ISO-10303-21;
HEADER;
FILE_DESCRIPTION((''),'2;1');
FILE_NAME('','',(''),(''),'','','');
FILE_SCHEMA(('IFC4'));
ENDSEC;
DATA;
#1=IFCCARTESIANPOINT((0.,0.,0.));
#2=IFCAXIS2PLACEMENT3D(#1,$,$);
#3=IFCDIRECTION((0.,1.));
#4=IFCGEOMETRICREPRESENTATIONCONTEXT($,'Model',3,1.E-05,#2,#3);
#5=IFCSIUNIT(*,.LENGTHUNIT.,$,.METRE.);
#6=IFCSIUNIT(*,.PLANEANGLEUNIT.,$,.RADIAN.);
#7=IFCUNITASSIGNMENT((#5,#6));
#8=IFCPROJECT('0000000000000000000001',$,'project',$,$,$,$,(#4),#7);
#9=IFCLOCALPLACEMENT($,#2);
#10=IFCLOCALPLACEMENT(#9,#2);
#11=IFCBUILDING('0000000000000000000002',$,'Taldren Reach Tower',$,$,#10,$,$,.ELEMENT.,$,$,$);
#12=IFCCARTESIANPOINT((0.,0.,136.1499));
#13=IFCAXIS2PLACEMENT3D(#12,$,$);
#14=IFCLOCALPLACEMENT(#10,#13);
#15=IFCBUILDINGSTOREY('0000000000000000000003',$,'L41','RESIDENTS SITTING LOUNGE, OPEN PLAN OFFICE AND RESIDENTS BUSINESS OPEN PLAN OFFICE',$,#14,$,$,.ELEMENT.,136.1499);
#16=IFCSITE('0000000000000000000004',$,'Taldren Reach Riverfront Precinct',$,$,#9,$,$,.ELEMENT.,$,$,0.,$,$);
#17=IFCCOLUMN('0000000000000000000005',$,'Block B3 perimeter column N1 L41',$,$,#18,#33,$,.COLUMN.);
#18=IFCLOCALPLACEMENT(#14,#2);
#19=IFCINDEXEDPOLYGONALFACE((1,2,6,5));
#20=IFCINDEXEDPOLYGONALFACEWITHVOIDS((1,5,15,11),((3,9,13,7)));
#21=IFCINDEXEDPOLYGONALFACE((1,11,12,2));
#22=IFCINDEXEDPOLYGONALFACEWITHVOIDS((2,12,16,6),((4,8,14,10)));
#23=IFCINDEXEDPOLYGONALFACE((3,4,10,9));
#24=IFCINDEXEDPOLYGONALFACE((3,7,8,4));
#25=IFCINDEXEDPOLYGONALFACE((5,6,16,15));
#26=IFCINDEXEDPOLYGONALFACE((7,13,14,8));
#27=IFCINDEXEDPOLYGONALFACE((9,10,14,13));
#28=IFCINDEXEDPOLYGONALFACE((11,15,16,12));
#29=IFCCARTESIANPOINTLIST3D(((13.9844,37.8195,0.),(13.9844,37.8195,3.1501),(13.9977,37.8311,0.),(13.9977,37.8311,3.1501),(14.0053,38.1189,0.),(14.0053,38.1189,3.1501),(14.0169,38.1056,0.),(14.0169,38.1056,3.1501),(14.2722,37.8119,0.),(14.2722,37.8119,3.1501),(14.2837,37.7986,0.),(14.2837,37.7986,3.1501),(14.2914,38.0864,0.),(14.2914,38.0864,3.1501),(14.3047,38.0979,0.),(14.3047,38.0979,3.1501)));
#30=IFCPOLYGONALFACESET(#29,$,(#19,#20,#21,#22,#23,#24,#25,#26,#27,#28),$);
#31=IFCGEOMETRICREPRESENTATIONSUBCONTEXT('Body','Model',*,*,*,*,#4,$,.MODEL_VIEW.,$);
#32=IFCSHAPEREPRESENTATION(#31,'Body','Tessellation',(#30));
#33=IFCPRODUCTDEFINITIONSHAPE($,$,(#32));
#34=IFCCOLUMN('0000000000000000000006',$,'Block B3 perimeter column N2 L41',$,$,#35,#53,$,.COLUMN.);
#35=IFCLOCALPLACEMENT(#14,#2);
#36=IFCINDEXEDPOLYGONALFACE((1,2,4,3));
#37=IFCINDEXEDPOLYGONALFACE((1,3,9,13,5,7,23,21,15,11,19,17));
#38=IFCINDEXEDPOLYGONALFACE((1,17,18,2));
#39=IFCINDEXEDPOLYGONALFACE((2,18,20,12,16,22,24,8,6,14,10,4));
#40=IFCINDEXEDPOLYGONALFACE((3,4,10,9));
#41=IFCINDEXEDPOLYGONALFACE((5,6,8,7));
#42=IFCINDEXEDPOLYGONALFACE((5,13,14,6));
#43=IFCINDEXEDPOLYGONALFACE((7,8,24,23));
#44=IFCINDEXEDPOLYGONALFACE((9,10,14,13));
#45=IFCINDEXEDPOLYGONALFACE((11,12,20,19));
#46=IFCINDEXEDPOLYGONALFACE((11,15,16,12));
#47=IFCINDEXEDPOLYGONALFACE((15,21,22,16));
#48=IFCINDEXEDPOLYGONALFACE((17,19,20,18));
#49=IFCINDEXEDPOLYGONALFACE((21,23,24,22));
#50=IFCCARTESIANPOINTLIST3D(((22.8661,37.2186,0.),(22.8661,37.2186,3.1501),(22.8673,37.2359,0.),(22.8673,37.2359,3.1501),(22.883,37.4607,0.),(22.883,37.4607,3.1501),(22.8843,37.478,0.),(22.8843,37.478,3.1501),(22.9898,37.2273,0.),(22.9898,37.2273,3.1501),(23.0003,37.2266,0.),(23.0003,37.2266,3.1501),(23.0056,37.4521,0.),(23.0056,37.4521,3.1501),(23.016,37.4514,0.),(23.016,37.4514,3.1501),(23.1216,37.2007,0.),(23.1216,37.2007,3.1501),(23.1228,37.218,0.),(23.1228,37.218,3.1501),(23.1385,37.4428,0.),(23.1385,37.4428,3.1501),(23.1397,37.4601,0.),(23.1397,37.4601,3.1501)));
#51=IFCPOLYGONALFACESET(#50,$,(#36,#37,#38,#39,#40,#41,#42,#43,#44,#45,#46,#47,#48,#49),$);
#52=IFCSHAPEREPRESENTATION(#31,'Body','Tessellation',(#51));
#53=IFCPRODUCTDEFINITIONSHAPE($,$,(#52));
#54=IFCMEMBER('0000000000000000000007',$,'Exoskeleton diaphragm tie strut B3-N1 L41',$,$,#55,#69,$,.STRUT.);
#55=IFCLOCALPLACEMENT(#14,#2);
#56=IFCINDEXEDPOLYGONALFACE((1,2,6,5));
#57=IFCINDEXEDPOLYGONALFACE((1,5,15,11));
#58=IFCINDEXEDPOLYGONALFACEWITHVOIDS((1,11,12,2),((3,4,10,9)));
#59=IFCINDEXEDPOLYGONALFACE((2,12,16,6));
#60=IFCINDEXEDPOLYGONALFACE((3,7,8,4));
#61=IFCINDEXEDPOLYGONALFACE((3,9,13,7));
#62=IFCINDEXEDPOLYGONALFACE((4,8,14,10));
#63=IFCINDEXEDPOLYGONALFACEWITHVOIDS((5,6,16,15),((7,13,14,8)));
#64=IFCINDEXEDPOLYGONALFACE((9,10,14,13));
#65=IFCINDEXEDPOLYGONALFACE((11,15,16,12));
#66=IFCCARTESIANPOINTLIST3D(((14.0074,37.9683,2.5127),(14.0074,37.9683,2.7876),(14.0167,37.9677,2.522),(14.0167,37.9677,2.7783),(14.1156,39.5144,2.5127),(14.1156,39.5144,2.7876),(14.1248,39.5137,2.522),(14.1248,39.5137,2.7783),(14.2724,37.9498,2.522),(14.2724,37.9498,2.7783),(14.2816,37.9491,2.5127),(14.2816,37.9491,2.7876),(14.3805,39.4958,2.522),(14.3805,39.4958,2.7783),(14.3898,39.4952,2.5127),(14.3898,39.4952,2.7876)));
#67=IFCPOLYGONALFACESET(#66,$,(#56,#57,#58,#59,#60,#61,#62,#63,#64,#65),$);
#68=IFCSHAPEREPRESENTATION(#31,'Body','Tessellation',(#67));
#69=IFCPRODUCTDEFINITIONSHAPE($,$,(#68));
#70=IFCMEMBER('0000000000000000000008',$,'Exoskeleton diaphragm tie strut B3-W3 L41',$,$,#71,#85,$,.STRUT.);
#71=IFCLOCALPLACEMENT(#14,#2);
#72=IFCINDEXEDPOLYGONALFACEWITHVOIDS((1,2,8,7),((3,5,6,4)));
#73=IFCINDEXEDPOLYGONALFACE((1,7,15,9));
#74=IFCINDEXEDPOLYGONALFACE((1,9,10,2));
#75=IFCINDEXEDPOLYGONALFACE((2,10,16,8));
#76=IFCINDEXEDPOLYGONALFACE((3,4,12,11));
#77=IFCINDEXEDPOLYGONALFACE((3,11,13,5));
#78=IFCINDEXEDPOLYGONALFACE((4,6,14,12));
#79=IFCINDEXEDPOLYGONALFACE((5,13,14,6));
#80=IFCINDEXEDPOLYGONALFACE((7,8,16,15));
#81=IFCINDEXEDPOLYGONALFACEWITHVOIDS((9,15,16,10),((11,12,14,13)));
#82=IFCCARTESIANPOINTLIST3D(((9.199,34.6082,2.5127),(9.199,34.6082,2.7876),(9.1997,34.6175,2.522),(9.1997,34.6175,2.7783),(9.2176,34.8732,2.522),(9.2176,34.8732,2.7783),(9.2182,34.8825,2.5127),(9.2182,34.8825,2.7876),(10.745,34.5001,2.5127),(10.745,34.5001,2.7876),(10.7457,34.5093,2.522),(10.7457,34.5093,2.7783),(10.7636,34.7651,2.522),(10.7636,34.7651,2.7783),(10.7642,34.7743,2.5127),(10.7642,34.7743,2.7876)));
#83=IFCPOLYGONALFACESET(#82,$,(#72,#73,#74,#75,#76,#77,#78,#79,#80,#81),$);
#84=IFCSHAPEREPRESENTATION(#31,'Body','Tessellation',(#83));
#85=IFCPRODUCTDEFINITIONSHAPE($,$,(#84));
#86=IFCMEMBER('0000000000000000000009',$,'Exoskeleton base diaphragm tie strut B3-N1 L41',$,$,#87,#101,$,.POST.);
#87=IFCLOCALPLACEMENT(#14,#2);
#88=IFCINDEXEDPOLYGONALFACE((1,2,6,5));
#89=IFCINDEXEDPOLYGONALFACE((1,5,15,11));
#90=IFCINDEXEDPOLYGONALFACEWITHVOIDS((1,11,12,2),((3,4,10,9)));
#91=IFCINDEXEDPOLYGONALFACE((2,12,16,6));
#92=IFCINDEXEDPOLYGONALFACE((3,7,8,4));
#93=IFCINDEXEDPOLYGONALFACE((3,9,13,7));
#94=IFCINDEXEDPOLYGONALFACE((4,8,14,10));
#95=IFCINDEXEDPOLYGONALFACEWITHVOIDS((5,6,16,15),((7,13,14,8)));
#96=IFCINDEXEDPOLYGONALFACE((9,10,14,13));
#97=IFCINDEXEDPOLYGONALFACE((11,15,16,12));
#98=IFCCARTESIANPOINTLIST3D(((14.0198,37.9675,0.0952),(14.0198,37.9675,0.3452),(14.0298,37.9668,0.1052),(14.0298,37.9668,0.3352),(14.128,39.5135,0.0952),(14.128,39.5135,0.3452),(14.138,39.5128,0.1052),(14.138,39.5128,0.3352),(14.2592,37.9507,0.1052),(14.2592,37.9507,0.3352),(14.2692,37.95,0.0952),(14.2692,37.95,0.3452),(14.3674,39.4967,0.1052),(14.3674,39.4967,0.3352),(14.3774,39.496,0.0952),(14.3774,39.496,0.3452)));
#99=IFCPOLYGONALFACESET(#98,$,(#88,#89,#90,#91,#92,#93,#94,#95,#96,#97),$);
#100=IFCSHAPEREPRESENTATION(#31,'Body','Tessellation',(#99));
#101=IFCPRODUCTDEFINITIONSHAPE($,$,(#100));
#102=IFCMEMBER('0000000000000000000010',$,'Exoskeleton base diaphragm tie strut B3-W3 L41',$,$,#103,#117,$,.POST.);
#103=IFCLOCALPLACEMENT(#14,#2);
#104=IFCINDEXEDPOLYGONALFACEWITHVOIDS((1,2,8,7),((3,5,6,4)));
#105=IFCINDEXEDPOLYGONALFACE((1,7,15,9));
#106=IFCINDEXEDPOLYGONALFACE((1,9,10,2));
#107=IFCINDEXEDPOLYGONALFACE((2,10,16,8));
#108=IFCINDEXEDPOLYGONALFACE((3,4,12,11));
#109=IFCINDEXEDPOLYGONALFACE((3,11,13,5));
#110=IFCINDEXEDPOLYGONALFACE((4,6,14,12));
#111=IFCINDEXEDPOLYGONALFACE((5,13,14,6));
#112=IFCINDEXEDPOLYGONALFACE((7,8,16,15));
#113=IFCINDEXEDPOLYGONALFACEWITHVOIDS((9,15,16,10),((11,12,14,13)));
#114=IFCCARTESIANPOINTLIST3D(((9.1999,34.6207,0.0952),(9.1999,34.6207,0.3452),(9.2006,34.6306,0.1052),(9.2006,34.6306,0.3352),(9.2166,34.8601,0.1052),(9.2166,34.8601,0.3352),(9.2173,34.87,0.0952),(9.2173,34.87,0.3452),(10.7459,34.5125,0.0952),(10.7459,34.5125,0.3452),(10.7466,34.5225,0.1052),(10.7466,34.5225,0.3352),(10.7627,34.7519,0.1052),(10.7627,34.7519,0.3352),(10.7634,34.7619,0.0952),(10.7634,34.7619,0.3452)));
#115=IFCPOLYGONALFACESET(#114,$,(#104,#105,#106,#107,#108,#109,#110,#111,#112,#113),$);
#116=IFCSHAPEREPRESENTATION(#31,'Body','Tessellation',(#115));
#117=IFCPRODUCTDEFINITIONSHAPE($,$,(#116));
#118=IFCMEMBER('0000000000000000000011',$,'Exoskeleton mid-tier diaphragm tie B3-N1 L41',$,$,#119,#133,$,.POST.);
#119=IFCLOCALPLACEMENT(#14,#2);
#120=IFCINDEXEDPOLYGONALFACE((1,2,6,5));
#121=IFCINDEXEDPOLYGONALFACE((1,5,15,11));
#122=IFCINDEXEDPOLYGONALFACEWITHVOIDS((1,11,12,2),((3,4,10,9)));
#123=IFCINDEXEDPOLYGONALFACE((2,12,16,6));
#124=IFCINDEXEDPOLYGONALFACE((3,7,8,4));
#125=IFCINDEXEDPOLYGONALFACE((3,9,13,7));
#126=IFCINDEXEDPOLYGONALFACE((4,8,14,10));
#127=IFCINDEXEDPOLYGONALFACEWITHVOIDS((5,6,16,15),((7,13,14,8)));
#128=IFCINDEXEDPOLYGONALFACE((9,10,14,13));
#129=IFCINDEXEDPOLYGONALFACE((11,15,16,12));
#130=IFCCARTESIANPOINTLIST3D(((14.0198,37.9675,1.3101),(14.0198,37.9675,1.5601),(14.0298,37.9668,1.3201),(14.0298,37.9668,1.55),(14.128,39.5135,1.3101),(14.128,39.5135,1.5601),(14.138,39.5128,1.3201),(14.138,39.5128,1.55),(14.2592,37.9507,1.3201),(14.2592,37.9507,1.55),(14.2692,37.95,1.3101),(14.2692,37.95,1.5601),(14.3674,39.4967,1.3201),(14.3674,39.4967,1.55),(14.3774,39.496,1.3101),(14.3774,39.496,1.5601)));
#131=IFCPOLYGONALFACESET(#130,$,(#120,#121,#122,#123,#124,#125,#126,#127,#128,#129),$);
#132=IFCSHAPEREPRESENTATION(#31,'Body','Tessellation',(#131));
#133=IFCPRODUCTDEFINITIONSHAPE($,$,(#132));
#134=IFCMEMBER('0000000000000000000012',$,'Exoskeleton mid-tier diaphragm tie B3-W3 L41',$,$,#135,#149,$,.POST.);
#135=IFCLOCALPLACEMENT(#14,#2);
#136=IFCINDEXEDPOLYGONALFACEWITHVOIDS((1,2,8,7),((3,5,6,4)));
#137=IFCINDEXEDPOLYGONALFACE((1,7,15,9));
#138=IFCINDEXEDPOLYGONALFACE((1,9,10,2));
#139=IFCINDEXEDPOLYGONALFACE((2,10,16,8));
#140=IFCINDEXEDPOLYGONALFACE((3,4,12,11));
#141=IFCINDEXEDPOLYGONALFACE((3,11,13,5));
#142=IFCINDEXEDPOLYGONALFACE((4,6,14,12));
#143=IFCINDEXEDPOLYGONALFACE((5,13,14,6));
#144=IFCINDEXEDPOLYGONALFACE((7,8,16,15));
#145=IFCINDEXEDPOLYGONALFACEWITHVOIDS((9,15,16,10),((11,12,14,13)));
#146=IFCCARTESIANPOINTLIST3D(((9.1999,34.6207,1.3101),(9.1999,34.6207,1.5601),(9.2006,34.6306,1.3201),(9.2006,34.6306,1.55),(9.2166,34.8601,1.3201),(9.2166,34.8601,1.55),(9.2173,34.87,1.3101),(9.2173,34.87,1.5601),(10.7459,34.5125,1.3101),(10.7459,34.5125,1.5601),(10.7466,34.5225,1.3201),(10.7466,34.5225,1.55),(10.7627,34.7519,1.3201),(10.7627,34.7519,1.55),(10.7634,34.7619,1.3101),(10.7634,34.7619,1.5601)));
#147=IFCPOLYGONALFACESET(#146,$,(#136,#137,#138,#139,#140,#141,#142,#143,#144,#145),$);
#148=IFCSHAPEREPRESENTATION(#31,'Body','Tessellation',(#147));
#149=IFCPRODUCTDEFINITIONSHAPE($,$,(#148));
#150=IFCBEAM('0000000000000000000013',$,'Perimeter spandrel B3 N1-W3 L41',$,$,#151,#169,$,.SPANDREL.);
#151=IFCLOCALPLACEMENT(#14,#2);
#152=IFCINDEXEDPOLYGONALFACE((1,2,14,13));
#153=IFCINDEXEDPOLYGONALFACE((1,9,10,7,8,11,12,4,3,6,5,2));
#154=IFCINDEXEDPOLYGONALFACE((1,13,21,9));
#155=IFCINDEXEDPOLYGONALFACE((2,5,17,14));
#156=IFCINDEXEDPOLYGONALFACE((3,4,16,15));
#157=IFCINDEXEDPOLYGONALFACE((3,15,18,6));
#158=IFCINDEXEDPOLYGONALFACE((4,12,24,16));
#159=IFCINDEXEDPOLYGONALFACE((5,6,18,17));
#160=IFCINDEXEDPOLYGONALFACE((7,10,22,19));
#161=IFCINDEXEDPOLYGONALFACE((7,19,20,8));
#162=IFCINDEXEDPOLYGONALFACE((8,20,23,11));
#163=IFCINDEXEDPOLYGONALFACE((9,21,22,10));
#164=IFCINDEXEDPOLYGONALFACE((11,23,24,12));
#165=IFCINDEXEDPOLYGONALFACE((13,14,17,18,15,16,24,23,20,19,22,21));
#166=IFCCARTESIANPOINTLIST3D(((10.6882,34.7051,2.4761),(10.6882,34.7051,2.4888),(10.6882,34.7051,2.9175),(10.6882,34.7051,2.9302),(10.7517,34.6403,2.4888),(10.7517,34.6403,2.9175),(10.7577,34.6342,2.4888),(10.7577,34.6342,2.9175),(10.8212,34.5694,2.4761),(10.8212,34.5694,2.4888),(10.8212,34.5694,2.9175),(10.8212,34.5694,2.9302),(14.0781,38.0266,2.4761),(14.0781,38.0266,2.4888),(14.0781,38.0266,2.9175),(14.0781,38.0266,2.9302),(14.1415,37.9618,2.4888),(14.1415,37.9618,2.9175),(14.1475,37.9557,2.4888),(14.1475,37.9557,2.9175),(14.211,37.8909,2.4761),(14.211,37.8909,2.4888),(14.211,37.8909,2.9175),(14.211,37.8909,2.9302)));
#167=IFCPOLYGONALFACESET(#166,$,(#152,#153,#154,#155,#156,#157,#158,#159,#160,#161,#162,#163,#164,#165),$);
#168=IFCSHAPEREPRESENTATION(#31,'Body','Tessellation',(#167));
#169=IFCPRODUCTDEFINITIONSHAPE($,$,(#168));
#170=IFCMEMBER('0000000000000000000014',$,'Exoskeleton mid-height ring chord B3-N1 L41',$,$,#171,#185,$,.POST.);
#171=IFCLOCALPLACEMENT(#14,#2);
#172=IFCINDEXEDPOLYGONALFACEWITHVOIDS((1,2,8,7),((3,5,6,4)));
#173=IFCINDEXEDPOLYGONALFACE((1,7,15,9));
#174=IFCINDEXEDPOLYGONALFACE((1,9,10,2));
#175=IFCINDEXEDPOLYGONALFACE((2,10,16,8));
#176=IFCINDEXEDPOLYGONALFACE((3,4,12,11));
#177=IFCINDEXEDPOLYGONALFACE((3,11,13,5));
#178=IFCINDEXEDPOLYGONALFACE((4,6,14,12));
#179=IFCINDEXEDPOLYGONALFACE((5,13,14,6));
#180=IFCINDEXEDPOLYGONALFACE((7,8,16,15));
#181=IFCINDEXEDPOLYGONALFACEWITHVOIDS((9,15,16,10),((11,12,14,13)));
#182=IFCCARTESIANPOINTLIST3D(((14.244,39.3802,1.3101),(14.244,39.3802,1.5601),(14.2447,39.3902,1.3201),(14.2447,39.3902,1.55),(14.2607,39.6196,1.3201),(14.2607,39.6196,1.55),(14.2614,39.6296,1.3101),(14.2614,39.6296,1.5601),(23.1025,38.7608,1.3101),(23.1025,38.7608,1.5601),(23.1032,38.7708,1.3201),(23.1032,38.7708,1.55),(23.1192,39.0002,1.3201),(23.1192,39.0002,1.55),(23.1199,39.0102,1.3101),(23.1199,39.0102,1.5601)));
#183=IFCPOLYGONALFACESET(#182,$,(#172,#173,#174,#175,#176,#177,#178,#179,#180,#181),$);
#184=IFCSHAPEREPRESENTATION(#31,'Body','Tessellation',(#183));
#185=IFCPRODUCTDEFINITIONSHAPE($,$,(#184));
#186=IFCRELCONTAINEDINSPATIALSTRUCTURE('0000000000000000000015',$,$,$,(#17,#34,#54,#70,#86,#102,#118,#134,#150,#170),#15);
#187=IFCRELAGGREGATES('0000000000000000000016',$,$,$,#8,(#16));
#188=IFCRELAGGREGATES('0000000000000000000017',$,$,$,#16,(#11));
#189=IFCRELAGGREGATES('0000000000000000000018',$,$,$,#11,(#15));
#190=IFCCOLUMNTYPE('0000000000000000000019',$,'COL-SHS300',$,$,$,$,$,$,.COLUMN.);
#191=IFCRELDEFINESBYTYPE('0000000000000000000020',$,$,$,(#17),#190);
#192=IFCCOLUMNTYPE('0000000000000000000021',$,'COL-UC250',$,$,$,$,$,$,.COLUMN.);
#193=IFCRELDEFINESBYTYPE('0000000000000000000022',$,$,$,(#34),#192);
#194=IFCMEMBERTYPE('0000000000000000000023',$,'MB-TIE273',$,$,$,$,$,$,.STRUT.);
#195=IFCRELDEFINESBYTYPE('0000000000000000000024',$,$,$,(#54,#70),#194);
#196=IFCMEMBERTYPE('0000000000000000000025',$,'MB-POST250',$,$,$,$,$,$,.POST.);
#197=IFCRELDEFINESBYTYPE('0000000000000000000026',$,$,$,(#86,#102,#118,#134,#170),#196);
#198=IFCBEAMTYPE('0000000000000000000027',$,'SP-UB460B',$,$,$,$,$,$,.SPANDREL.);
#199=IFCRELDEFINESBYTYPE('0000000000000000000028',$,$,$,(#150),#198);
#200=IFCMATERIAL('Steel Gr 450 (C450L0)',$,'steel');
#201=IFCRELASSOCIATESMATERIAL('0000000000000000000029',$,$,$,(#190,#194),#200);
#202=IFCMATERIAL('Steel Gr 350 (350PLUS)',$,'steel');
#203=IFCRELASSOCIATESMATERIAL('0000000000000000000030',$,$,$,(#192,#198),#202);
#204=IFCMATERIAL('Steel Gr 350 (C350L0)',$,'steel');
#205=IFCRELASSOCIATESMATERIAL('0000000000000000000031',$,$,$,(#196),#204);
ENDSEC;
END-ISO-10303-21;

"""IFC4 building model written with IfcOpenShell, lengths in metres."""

from ifc_helpers import new_model, si_unit, direction, frame, origin, origin_2d, place, context, subcontext, project, spatial, hollow_rectangle, i_section, extrude, source, transform, mapped, material, material_profile, profile_set, type_object, element, save


model = new_model("IFC4")

# Units and contexts
model_context = context("Model", 3, precision=1e-05, world=origin(), true_north=direction((0.0, 1.0)))
body_context = subcontext(model_context, "Body", "Model", "MODEL_VIEW")
ifc_project = project(units=[si_unit("LENGTHUNIT", "METRE"), si_unit("PLANEANGLEUNIT", "RADIAN")], contexts=[model_context])

# Site, building, storey
site_placement = place(None, origin())
site = spatial("IfcSite", under=ifc_project, at=site_placement, Name="Taldren Reach Riverfront Precinct", CompositionType="ELEMENT", RefElevation=0.0)
building_placement = place(site_placement, origin())
building = spatial("IfcBuilding", under=site, at=building_placement, Name="Taldren Reach Tower", CompositionType="ELEMENT")
storey_placement = place(building_placement, frame((0.0, 0.0, 136.1499)))
storey = spatial("IfcBuildingStorey", under=building, at=storey_placement, Name="L41", Description="RESIDENTS SITTING LOUNGE, OPEN PLAN OFFICE AND RESIDENTS BUSINESS OPEN PLAN OFFICE", CompositionType="ELEMENT", Elevation=136.1499)

# Columns
ifc_material_1 = material(Name="Steel Gr 450 (C450L0)", Category="steel")
ifc_material_profile_1 = material_profile(ifc_material_1, hollow_rectangle(XDim=0.3, YDim=0.3, WallThickness=0.0125, at=origin_2d()), Name="300x300x12.5SHS")
ifc_profile_set_1 = profile_set([ifc_material_profile_1], Name="Steel Gr 450 (C450L0)")
column_type_1 = type_object("IfcColumnType", Name="COL-SHS300", PredefinedType="COLUMN", material=ifc_profile_set_1)
shared_shape_1 = source(origin(), body_context, "Body", "SweptSolid", [
    extrude(hollow_rectangle(XDim=0.3, YDim=0.3, WallThickness=0.0125, at=origin_2d()), origin(), (0.0, 0.0, 1.0), 3.1501),
])
column_1_placement = place(storey_placement, frame((14.1445, 37.9587, 0.0), z_axis=(0.0, 0.0, 1.0), x_axis=(0.997564, -0.069756, 0.0)))
element("IfcColumn", 1, at=column_1_placement, inside=storey, type_object=column_type_1, Name="Block B3 perimeter column N1 L41", PredefinedType="COLUMN", context=body_context, shape_type="MappedRepresentation", body=[
    mapped(shared_shape_1, transform((0.0, 0.0, 0.0), scale=1.0)),
])
ifc_material_2 = material(Name="Steel Gr 350 (350PLUS)", Category="steel")
ifc_material_profile_2 = material_profile(ifc_material_2, i_section(OverallWidth=0.2561, OverallDepth=0.26, WebThickness=0.0105, FlangeThickness=0.0173, at=origin_2d()), Name="250UC89.5")
ifc_profile_set_2 = profile_set([ifc_material_profile_2], Name="Steel Gr 350 (350PLUS)")
column_type_2 = type_object("IfcColumnType", Name="COL-UC250", PredefinedType="COLUMN", material=ifc_profile_set_2)
shared_shape_2 = source(origin(), body_context, "Body", "SweptSolid", [
    extrude(i_section(OverallWidth=0.2561, OverallDepth=0.26, WebThickness=0.0105, FlangeThickness=0.0173, at=origin_2d()), origin(), (0.0, 0.0, 1.0), 3.1501),
])
column_2_placement = place(storey_placement, frame((23.0029, 37.3394, 0.0), z_axis=(0.0, 0.0, 1.0), x_axis=(0.997564, -0.069756, 0.0)))
element("IfcColumn", 2, at=column_2_placement, inside=storey, type_object=column_type_2, Name="Block B3 perimeter column N2 L41", PredefinedType="COLUMN", context=body_context, shape_type="MappedRepresentation", body=[
    mapped(shared_shape_2, transform((0.0, 0.0, 0.0), scale=1.0)),
])

# Members
ifc_material_profile_3 = material_profile(ifc_material_1, hollow_rectangle(XDim=0.2749, YDim=0.2749, WallThickness=0.0093, at=origin_2d()), Name="275x275x9.3SHS")
ifc_profile_set_3 = profile_set([ifc_material_profile_3], Name="Steel Gr 450 (C450L0)")
member_type_1 = type_object("IfcMemberType", Name="MB-TIE273", PredefinedType="STRUT", material=ifc_profile_set_3)
shared_shape_3 = source(origin(), body_context, "Body", "SweptSolid", [
    extrude(hollow_rectangle(XDim=0.2749, YDim=0.2749, WallThickness=0.0093, at=origin_2d()), origin(), (0.0, 0.0, 1.0), 1.5498),
])
for number, where, z_axis, x_axis, name in (
    (3, (14.1445, 37.9587, 2.6501), (0.069781, 0.997562, 0.0), (-0.997562, 0.069781, 0.0), "Exoskeleton diaphragm tie strut B3-N1 L41"),
    (4, (10.7546, 34.6372, 2.6501), (-0.997562, 0.069781, 0.0), (-0.069781, -0.997562, 0.0), "Exoskeleton diaphragm tie strut B3-W3 L41"),
):
    element("IfcMember", number, at=place(storey_placement, frame(where, z_axis=z_axis, x_axis=x_axis)), inside=storey, type_object=member_type_1, Name=name, PredefinedType="STRUT", context=body_context, shape_type="MappedRepresentation", body=[
        mapped(shared_shape_3, transform((0.0, 0.0, 0.0), scale=1.0)),
    ])
ifc_material_3 = material(Name="Steel Gr 350 (C350L0)", Category="steel")
ifc_material_profile_4 = material_profile(ifc_material_3, hollow_rectangle(XDim=0.25, YDim=0.25, WallThickness=0.01, at=origin_2d()), Name="250x250x10.0SHS")
ifc_profile_set_4 = profile_set([ifc_material_profile_4], Name="Steel Gr 350 (C350L0)")
member_type_2 = type_object("IfcMemberType", Name="MB-POST250", PredefinedType="POST", material=ifc_profile_set_4)
shared_shape_4 = source(origin(), body_context, "Body", "SweptSolid", [
    extrude(hollow_rectangle(XDim=0.25, YDim=0.25, WallThickness=0.01, at=origin_2d()), origin(), (0.0, 0.0, 1.0), 1.5498),
])
for number, where, z_axis, x_axis, name in (
    (5, (14.1445, 37.9587, 0.2202), (0.069781, 0.997562, 0.0), (-0.997562, 0.069781, 0.0), "Exoskeleton base diaphragm tie strut B3-N1 L41"),
    (6, (10.7546, 34.6372, 0.2202), (-0.997562, 0.069781, 0.0), (-0.069781, -0.997562, 0.0), "Exoskeleton base diaphragm tie strut B3-W3 L41"),
    (7, (14.1445, 37.9587, 1.4351), (0.069781, 0.997562, 0.0), (-0.997562, 0.069781, 0.0), "Exoskeleton mid-tier diaphragm tie B3-N1 L41"),
    (8, (10.7546, 34.6372, 1.4351), (-0.997562, 0.069781, 0.0), (-0.069781, -0.997562, 0.0), "Exoskeleton mid-tier diaphragm tie B3-W3 L41"),
):
    element("IfcMember", number, at=place(storey_placement, frame(where, z_axis=z_axis, x_axis=x_axis)), inside=storey, type_object=member_type_2, Name=name, PredefinedType="POST", context=body_context, shape_type="MappedRepresentation", body=[
        mapped(shared_shape_4, transform((0.0, 0.0, 0.0), scale=1.0)),
    ])

# Beam
ifc_material_profile_5 = material_profile(ifc_material_2, i_section(OverallWidth=0.1899, OverallDepth=0.4541, WebThickness=0.0085, FlangeThickness=0.0127, at=origin_2d()), Name="460UB67.1")
ifc_profile_set_5 = profile_set([ifc_material_profile_5], Name="Steel Gr 350 (350PLUS)")
beam_type = type_object("IfcBeamType", Name="SP-UB460B", PredefinedType="SPANDREL", material=ifc_profile_set_5)
shared_shape_5 = source(origin(), body_context, "Body", "SweptSolid", [
    extrude(i_section(OverallWidth=0.1899, OverallDepth=0.4541, WebThickness=0.0085, FlangeThickness=0.0127, at=origin_2d()), origin(), (0.0, 0.0, 1.0), 4.7458),
])
beam_placement = place(storey_placement, frame((14.1445, 37.9587, 2.7031), z_axis=(-0.714272, -0.699868, 0.0), x_axis=(0.699868, -0.714272, 0.0)))
element("IfcBeam", 9, at=beam_placement, inside=storey, type_object=beam_type, Name="Perimeter spandrel B3 N1-W3 L41", PredefinedType="SPANDREL", context=body_context, shape_type="MappedRepresentation", body=[
    mapped(shared_shape_5, transform((0.0, 0.0, 0.0), scale=1.0)),
])

# Member
shared_shape_6 = source(origin(), body_context, "Body", "SweptSolid", [
    extrude(hollow_rectangle(XDim=0.25, YDim=0.25, WallThickness=0.01, at=origin_2d()), origin(), (0.0, 0.0, 1.0), 8.8801),
])
member_1_placement = place(storey_placement, frame((14.2527, 39.5049, 1.4351), z_axis=(0.997564, -0.06975, 0.0), x_axis=(0.06975, 0.997564, 0.0)))
element("IfcMember", 10, at=member_1_placement, inside=storey, type_object=member_type_2, Name="Exoskeleton mid-height ring chord B3-N1 L41", PredefinedType="POST", context=body_context, shape_type="MappedRepresentation", body=[
    mapped(shared_shape_6, transform((0.0, 0.0, 0.0), scale=1.0)),
])

save(model, "model.ifc")
